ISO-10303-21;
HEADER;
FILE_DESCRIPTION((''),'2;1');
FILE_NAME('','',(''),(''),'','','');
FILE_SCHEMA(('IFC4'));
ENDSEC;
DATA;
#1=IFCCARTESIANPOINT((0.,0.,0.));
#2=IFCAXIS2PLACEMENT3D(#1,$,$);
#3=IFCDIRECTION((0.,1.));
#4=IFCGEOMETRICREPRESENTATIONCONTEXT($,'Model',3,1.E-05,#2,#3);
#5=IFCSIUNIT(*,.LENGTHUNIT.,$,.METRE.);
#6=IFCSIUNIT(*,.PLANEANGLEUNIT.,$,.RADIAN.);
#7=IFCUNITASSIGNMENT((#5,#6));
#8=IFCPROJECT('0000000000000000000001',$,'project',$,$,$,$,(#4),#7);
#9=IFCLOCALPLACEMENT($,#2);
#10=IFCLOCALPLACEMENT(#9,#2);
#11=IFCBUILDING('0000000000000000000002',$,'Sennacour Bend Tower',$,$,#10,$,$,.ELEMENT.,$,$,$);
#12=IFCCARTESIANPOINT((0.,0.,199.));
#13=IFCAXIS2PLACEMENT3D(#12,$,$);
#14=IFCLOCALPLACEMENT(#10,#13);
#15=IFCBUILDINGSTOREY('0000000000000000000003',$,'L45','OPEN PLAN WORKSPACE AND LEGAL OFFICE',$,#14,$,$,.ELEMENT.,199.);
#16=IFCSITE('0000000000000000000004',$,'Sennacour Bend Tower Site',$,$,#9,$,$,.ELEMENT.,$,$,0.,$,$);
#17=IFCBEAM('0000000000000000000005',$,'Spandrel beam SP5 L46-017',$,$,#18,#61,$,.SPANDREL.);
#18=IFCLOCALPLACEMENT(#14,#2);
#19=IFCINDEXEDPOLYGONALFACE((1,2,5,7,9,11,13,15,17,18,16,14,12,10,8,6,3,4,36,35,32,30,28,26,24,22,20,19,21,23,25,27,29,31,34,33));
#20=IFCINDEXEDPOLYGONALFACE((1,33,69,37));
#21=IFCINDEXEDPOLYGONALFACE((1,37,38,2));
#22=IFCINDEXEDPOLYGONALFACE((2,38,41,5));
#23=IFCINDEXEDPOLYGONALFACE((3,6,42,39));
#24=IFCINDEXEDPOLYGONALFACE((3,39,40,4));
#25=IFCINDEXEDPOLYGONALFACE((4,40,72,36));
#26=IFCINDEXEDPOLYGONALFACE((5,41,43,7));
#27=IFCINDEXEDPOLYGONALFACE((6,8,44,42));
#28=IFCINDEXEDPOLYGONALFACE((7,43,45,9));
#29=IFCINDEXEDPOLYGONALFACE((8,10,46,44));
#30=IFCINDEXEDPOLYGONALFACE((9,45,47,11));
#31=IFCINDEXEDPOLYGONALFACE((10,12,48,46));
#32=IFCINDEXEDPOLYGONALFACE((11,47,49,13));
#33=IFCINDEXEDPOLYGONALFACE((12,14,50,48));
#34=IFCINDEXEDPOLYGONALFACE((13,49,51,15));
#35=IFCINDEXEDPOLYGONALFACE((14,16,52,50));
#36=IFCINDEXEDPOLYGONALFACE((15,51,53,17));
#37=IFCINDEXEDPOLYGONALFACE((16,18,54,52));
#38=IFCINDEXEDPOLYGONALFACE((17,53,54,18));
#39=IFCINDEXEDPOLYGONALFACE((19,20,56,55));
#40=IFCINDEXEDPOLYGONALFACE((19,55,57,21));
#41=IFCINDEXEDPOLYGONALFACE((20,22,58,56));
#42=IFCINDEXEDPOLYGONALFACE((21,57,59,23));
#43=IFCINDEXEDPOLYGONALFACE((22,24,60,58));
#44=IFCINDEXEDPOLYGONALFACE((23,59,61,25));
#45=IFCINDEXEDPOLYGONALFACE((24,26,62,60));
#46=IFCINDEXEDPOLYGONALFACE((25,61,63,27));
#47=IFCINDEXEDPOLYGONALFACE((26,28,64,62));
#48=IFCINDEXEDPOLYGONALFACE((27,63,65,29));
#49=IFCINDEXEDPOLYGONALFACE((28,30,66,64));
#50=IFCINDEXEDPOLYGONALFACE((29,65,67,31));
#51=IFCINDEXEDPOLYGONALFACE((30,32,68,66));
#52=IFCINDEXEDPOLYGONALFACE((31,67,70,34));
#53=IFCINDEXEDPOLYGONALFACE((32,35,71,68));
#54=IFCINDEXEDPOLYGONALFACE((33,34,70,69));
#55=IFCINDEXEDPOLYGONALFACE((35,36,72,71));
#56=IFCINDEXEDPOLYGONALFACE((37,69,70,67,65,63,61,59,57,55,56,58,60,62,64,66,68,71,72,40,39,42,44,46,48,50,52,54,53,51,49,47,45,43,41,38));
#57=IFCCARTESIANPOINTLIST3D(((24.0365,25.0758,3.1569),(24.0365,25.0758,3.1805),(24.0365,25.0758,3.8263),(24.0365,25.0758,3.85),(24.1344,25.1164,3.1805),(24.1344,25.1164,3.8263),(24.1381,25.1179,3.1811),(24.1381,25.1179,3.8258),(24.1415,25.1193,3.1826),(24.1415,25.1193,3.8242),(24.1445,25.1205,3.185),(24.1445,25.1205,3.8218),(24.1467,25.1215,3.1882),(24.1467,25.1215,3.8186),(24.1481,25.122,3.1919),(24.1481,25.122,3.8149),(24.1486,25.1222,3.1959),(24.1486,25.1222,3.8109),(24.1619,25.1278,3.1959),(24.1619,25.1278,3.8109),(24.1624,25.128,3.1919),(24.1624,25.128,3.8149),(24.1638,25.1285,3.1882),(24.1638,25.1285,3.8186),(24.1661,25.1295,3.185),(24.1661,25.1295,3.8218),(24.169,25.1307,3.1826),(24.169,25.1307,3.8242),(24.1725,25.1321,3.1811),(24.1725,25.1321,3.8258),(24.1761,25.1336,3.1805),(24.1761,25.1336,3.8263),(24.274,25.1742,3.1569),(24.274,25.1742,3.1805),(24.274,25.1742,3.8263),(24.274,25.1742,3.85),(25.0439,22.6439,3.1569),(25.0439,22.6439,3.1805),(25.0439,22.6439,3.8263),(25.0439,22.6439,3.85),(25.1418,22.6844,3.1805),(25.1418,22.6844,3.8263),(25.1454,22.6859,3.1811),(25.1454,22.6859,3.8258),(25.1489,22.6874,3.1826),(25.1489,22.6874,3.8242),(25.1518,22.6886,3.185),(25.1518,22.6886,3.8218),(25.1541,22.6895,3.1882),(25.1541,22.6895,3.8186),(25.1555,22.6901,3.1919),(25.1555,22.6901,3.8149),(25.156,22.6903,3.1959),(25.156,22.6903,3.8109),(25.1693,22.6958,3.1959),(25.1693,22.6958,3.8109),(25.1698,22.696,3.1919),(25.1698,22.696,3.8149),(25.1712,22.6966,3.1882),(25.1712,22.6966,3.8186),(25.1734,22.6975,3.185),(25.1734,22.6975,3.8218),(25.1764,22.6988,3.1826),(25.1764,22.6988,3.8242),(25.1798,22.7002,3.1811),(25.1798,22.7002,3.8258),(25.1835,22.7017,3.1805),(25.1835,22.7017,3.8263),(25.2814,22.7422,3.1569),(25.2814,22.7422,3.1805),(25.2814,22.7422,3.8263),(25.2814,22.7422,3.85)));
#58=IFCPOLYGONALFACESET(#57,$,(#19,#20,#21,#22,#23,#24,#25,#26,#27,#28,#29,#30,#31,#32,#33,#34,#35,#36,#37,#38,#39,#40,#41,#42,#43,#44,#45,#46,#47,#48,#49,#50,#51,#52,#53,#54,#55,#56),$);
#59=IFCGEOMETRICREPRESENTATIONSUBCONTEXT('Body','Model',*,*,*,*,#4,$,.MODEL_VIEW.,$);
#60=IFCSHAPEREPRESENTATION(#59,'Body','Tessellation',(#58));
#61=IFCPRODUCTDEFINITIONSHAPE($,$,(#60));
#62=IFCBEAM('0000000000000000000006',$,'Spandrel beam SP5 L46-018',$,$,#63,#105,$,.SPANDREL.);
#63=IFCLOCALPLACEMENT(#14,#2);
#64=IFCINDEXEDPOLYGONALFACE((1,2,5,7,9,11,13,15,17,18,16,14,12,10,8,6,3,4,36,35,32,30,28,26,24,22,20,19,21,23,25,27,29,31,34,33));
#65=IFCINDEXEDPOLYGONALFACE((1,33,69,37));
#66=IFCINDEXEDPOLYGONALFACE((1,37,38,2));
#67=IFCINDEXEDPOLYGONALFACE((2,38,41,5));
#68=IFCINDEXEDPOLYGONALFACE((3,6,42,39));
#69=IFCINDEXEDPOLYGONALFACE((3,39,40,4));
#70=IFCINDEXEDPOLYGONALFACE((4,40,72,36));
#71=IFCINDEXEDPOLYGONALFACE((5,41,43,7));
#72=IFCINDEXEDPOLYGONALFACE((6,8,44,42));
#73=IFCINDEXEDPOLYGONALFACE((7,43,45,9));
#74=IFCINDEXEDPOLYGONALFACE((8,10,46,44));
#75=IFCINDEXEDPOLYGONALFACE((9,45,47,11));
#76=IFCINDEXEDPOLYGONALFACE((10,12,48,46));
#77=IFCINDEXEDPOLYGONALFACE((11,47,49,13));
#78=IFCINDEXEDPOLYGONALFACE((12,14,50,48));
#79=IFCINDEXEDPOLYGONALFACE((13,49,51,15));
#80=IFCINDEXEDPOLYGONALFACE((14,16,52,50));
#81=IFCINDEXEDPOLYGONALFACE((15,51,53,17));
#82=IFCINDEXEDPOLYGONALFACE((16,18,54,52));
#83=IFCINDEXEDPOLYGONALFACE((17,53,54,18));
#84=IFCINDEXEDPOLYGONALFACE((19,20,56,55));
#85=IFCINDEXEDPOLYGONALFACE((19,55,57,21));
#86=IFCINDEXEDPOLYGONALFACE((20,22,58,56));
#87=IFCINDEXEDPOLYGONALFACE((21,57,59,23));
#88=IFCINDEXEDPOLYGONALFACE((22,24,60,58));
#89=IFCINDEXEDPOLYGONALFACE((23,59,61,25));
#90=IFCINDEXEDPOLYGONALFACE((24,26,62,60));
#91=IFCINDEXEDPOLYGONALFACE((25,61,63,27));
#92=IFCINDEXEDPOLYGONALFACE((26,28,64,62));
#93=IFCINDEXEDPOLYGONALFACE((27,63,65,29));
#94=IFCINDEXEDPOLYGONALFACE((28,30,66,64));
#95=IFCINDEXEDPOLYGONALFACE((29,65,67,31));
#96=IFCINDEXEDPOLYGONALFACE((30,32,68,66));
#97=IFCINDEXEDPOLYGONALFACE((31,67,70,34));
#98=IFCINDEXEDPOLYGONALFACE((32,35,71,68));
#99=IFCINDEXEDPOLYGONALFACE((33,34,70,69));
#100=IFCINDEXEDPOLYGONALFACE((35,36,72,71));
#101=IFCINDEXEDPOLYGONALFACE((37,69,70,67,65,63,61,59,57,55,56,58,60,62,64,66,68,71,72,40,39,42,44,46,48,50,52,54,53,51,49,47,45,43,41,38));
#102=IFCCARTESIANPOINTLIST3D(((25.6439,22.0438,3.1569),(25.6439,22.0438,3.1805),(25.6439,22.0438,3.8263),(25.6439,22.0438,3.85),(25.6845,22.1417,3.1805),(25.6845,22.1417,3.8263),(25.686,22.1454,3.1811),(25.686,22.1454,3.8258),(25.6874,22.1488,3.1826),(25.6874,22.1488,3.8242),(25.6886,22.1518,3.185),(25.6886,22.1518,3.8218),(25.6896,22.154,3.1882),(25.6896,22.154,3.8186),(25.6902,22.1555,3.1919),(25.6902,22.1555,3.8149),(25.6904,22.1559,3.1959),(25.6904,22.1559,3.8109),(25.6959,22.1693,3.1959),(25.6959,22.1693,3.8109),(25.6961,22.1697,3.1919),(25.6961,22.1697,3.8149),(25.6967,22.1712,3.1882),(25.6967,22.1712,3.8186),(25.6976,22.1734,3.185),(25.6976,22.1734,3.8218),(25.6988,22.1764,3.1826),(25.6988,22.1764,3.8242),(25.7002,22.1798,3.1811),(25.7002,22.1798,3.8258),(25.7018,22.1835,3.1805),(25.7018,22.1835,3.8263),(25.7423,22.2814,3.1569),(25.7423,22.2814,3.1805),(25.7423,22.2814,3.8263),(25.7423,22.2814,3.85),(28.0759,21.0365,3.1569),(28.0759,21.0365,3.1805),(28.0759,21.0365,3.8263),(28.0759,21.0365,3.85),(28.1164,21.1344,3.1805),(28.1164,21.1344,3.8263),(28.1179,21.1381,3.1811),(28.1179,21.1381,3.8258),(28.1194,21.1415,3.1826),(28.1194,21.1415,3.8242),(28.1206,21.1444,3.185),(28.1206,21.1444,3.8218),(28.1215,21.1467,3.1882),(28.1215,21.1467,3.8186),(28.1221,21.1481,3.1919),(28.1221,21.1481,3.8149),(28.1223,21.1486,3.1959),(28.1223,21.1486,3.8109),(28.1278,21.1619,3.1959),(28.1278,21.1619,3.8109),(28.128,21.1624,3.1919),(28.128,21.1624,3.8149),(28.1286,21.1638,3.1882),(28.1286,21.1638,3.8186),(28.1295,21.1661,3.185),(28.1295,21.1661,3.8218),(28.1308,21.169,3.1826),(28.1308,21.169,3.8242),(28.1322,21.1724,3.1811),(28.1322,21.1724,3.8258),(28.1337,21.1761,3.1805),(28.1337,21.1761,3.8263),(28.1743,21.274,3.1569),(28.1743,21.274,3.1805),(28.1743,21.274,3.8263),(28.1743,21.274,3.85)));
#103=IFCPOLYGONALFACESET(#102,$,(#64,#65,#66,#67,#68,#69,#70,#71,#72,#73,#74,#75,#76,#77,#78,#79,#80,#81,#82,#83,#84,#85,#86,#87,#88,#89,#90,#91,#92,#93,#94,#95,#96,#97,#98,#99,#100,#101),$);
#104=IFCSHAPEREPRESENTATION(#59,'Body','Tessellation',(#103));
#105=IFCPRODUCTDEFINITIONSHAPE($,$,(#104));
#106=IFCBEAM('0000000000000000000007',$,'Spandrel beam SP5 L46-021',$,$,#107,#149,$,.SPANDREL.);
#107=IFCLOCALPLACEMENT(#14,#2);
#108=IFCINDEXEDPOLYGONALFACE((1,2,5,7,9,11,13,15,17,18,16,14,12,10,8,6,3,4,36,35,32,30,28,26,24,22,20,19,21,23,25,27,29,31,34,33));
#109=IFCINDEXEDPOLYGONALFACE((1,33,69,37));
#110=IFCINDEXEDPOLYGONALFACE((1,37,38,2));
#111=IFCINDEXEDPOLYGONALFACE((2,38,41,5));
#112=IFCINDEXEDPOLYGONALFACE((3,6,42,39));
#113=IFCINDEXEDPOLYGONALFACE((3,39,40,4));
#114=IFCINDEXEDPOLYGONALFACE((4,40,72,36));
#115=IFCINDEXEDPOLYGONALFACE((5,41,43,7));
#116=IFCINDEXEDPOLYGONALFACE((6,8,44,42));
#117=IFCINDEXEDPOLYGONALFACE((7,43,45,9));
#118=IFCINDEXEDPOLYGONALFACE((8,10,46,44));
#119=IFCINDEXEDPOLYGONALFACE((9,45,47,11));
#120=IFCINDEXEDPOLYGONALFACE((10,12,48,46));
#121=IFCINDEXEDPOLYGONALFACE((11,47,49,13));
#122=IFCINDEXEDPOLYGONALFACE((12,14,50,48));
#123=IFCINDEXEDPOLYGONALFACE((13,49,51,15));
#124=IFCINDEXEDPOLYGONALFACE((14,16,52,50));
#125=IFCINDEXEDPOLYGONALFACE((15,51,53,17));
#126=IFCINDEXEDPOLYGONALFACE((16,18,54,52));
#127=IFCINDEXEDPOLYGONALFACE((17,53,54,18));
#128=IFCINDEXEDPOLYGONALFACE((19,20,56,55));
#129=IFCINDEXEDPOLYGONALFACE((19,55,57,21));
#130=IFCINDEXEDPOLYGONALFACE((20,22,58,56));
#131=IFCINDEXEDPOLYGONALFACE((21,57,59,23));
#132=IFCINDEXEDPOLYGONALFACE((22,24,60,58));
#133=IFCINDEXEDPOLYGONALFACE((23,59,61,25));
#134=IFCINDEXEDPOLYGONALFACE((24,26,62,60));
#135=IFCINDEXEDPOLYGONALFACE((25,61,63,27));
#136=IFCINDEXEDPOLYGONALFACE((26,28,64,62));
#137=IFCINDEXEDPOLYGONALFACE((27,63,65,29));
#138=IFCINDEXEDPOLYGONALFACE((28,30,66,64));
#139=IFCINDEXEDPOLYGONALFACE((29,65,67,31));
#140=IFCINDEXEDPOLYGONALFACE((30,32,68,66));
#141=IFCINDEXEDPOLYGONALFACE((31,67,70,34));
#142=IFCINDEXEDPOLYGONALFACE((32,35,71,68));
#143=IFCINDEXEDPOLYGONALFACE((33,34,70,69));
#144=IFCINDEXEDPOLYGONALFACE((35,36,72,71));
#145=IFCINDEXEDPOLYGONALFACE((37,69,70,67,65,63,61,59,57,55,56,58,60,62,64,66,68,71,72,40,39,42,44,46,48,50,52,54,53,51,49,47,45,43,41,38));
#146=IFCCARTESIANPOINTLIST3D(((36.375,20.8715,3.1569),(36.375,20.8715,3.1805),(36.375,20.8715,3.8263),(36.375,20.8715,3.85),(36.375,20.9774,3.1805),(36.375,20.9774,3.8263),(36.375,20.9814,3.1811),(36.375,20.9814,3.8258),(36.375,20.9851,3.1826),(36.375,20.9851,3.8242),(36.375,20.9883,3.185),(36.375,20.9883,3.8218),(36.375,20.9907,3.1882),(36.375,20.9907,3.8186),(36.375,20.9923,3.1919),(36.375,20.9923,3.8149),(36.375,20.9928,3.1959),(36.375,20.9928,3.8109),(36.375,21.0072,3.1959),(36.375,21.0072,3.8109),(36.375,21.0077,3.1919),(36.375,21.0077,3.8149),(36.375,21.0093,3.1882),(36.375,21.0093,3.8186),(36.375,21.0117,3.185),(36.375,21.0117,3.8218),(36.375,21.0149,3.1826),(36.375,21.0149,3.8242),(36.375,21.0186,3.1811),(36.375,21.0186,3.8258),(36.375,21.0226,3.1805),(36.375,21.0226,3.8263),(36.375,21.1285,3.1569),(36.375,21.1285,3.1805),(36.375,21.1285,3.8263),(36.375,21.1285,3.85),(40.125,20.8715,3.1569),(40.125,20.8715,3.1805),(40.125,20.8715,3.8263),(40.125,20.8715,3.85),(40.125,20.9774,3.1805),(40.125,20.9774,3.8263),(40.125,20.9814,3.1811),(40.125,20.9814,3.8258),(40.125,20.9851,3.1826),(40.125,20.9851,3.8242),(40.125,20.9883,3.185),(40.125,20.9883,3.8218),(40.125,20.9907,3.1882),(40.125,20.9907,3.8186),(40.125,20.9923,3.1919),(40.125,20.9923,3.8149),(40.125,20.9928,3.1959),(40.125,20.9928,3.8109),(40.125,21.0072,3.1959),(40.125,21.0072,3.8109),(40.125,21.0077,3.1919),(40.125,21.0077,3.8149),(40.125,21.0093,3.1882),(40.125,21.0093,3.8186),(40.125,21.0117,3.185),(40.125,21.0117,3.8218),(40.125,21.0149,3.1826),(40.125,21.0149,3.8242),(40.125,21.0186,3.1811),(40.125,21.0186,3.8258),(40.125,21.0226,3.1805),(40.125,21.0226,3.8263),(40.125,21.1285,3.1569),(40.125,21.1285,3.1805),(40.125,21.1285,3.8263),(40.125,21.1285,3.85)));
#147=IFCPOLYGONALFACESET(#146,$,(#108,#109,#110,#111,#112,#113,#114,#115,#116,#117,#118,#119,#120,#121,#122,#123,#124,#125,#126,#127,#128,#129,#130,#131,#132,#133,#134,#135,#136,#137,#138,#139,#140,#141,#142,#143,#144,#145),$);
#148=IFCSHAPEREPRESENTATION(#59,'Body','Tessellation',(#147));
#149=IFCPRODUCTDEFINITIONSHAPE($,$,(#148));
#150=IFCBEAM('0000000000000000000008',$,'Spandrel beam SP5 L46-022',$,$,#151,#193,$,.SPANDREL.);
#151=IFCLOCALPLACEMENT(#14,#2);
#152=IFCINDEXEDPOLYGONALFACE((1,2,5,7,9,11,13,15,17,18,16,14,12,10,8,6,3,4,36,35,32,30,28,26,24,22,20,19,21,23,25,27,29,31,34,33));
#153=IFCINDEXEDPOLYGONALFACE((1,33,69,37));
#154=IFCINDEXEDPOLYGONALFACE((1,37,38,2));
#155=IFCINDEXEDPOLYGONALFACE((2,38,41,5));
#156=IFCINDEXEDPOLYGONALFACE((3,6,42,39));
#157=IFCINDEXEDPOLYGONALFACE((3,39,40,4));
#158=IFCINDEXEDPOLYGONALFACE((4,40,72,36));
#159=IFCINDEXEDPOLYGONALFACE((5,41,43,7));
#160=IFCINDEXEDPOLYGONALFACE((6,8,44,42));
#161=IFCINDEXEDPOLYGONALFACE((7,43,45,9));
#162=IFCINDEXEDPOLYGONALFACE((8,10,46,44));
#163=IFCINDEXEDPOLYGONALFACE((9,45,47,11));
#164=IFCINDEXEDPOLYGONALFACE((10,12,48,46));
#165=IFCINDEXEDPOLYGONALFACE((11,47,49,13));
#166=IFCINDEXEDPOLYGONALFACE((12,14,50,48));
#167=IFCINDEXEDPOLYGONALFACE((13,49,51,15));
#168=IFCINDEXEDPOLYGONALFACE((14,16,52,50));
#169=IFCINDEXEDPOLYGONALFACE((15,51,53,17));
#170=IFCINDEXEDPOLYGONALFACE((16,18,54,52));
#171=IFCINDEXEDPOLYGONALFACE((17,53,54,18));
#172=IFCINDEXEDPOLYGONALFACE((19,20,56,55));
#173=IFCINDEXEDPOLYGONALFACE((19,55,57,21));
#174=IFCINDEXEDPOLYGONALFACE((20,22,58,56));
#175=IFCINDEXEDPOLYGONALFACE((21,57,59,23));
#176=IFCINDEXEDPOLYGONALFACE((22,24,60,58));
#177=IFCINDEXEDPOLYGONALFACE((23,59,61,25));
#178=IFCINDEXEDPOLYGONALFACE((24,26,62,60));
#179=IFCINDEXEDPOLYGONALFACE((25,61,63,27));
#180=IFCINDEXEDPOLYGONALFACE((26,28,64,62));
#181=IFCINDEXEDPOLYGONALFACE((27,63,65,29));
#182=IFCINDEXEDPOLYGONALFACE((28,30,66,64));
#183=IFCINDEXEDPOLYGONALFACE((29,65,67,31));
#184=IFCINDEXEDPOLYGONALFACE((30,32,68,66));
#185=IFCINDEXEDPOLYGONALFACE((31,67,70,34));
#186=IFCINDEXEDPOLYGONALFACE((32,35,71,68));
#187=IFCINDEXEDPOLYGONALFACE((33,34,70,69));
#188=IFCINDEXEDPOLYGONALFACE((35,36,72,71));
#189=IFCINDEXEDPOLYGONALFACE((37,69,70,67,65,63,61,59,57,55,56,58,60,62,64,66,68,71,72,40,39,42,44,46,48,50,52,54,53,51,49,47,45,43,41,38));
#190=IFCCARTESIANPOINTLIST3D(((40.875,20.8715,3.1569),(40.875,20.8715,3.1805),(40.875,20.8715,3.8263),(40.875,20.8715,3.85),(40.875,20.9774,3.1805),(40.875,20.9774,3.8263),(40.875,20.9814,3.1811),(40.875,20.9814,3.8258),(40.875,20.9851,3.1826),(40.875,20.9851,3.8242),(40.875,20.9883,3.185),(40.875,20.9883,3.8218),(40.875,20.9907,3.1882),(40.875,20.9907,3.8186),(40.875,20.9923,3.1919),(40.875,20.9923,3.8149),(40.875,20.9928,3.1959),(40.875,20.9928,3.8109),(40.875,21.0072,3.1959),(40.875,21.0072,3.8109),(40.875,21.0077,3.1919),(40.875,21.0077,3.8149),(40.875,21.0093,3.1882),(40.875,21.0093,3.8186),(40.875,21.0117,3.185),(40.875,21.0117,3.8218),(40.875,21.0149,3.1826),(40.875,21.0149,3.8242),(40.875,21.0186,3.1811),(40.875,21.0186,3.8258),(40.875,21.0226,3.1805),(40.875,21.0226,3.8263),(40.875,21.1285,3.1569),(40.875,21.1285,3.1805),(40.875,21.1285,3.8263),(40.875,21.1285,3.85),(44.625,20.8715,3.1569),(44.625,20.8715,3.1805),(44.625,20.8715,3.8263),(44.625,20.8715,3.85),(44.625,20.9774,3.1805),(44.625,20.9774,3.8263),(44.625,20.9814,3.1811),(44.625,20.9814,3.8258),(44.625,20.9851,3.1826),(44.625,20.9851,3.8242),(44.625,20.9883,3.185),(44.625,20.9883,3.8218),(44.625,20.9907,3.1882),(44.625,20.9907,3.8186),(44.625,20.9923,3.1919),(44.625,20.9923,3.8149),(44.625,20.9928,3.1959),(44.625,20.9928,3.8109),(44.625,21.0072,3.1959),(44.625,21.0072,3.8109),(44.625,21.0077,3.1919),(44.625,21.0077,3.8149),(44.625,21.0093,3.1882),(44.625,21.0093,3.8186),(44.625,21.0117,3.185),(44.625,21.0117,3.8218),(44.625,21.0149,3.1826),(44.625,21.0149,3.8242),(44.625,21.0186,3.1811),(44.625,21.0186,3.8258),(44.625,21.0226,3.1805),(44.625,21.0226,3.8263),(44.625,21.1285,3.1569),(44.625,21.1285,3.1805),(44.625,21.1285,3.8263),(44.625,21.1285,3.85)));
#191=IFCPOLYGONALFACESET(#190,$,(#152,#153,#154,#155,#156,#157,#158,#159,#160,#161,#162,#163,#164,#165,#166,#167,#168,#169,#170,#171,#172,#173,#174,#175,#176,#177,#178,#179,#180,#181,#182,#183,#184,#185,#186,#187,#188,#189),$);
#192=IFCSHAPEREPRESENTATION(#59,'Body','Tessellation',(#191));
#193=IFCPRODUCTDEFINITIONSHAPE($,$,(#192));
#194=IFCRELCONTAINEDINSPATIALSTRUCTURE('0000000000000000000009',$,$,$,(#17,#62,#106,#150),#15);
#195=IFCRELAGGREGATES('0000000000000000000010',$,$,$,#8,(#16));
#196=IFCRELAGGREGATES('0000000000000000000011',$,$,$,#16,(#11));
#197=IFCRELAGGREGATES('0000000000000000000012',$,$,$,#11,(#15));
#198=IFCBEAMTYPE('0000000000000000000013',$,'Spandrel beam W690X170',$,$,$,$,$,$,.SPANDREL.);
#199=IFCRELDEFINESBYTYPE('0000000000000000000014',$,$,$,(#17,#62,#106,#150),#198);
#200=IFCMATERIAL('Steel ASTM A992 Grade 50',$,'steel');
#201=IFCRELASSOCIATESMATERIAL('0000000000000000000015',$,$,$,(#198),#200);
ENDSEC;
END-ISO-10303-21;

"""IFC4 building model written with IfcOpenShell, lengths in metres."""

from ifc_helpers import new_model, si_unit, direction, frame, origin, origin_2d, place, context, subcontext, project, spatial, i_section, extrude, material, material_profile, profile_set, type_object, element, save


model = new_model("IFC4")

# Units and contexts
model_context = context("Model", 3, precision=1e-05, world=origin(), true_north=direction((0.0, 1.0)))
body_context = subcontext(model_context, "Body", "Model", "MODEL_VIEW")
ifc_project = project(units=[si_unit("LENGTHUNIT", "METRE"), si_unit("PLANEANGLEUNIT", "RADIAN")], contexts=[model_context])

# Site, building, storey
site_placement = place(None, origin())
site = spatial("IfcSite", under=ifc_project, at=site_placement, Name="Sennacour Bend Tower Site", CompositionType="ELEMENT", RefElevation=0.0)
building_placement = place(site_placement, origin())
building = spatial("IfcBuilding", under=site, at=building_placement, Name="Sennacour Bend Tower", CompositionType="ELEMENT")
storey_placement = place(building_placement, frame((0.0, 0.0, 199.0)))
storey = spatial("IfcBuildingStorey", under=building, at=storey_placement, Name="L45", Description="OPEN PLAN WORKSPACE AND LEGAL OFFICE", CompositionType="ELEMENT", Elevation=199.0)

# Beams
ifc_material_1 = material(Name="Steel ASTM A992 Grade 50", Category="steel")
ifc_material_profile_1 = material_profile(ifc_material_1, i_section(OverallWidth=0.2571, OverallDepth=0.6931, WebThickness=0.0144, FlangeThickness=0.0237, FilletRadius=0.0154, at=origin_2d()), Name="Steel ASTM A992 Grade 50", Category="steel")
ifc_profile_set_1 = profile_set([ifc_material_profile_1], Name="Steel ASTM A992 Grade 50")
beam_type = type_object("IfcBeamType", Name="Spandrel beam W690X170", PredefinedType="SPANDREL", material=ifc_profile_set_1)
for number, where, z_axis, x_axis, name in (
    (1, (24.1553, 25.125, 3.5034), (0.382685, -0.923879, 0.0), (0.923879, 0.382685, 0.0), "Spandrel beam SP5 L46-017"),
    (2, (25.6931, 22.1626, 3.5034), (0.923879, -0.382685, 0.0), (0.382685, 0.923879, 0.0), "Spandrel beam SP5 L46-018"),
):
    element("IfcBeam", number, at=place(storey_placement, frame(where, z_axis=z_axis, x_axis=x_axis)), inside=storey, type_object=beam_type, Name=name, PredefinedType="SPANDREL", context=body_context, shape_type="SweptSolid", body=[
        extrude(i_section(OverallWidth=0.2571, OverallDepth=0.6931, WebThickness=0.0144, FlangeThickness=0.0237, FilletRadius=0.0154, at=origin_2d()), origin(), (0.0, 0.0, 1.0), 2.6323),
    ])
for number, where, z_axis, x_axis, name in (
    (3, (36.375, 21.0, 3.5034), (1.0, 0.0, 0.0), (0.0, 1.0, 0.0), "Spandrel beam SP5 L46-021"),
    (4, (40.875, 21.0, 3.5034), (1.0, 0.0, 0.0), (0.0, 1.0, 0.0), "Spandrel beam SP5 L46-022"),
):
    element("IfcBeam", number, at=place(storey_placement, frame(where, z_axis=z_axis, x_axis=x_axis)), inside=storey, type_object=beam_type, Name=name, PredefinedType="SPANDREL", context=body_context, shape_type="SweptSolid", body=[
        extrude(i_section(OverallWidth=0.2571, OverallDepth=0.6931, WebThickness=0.0144, FlangeThickness=0.0237, FilletRadius=0.0154, at=origin_2d()), origin(), (0.0, 0.0, 1.0), 3.75),
    ])

save(model, "model.ifc")
